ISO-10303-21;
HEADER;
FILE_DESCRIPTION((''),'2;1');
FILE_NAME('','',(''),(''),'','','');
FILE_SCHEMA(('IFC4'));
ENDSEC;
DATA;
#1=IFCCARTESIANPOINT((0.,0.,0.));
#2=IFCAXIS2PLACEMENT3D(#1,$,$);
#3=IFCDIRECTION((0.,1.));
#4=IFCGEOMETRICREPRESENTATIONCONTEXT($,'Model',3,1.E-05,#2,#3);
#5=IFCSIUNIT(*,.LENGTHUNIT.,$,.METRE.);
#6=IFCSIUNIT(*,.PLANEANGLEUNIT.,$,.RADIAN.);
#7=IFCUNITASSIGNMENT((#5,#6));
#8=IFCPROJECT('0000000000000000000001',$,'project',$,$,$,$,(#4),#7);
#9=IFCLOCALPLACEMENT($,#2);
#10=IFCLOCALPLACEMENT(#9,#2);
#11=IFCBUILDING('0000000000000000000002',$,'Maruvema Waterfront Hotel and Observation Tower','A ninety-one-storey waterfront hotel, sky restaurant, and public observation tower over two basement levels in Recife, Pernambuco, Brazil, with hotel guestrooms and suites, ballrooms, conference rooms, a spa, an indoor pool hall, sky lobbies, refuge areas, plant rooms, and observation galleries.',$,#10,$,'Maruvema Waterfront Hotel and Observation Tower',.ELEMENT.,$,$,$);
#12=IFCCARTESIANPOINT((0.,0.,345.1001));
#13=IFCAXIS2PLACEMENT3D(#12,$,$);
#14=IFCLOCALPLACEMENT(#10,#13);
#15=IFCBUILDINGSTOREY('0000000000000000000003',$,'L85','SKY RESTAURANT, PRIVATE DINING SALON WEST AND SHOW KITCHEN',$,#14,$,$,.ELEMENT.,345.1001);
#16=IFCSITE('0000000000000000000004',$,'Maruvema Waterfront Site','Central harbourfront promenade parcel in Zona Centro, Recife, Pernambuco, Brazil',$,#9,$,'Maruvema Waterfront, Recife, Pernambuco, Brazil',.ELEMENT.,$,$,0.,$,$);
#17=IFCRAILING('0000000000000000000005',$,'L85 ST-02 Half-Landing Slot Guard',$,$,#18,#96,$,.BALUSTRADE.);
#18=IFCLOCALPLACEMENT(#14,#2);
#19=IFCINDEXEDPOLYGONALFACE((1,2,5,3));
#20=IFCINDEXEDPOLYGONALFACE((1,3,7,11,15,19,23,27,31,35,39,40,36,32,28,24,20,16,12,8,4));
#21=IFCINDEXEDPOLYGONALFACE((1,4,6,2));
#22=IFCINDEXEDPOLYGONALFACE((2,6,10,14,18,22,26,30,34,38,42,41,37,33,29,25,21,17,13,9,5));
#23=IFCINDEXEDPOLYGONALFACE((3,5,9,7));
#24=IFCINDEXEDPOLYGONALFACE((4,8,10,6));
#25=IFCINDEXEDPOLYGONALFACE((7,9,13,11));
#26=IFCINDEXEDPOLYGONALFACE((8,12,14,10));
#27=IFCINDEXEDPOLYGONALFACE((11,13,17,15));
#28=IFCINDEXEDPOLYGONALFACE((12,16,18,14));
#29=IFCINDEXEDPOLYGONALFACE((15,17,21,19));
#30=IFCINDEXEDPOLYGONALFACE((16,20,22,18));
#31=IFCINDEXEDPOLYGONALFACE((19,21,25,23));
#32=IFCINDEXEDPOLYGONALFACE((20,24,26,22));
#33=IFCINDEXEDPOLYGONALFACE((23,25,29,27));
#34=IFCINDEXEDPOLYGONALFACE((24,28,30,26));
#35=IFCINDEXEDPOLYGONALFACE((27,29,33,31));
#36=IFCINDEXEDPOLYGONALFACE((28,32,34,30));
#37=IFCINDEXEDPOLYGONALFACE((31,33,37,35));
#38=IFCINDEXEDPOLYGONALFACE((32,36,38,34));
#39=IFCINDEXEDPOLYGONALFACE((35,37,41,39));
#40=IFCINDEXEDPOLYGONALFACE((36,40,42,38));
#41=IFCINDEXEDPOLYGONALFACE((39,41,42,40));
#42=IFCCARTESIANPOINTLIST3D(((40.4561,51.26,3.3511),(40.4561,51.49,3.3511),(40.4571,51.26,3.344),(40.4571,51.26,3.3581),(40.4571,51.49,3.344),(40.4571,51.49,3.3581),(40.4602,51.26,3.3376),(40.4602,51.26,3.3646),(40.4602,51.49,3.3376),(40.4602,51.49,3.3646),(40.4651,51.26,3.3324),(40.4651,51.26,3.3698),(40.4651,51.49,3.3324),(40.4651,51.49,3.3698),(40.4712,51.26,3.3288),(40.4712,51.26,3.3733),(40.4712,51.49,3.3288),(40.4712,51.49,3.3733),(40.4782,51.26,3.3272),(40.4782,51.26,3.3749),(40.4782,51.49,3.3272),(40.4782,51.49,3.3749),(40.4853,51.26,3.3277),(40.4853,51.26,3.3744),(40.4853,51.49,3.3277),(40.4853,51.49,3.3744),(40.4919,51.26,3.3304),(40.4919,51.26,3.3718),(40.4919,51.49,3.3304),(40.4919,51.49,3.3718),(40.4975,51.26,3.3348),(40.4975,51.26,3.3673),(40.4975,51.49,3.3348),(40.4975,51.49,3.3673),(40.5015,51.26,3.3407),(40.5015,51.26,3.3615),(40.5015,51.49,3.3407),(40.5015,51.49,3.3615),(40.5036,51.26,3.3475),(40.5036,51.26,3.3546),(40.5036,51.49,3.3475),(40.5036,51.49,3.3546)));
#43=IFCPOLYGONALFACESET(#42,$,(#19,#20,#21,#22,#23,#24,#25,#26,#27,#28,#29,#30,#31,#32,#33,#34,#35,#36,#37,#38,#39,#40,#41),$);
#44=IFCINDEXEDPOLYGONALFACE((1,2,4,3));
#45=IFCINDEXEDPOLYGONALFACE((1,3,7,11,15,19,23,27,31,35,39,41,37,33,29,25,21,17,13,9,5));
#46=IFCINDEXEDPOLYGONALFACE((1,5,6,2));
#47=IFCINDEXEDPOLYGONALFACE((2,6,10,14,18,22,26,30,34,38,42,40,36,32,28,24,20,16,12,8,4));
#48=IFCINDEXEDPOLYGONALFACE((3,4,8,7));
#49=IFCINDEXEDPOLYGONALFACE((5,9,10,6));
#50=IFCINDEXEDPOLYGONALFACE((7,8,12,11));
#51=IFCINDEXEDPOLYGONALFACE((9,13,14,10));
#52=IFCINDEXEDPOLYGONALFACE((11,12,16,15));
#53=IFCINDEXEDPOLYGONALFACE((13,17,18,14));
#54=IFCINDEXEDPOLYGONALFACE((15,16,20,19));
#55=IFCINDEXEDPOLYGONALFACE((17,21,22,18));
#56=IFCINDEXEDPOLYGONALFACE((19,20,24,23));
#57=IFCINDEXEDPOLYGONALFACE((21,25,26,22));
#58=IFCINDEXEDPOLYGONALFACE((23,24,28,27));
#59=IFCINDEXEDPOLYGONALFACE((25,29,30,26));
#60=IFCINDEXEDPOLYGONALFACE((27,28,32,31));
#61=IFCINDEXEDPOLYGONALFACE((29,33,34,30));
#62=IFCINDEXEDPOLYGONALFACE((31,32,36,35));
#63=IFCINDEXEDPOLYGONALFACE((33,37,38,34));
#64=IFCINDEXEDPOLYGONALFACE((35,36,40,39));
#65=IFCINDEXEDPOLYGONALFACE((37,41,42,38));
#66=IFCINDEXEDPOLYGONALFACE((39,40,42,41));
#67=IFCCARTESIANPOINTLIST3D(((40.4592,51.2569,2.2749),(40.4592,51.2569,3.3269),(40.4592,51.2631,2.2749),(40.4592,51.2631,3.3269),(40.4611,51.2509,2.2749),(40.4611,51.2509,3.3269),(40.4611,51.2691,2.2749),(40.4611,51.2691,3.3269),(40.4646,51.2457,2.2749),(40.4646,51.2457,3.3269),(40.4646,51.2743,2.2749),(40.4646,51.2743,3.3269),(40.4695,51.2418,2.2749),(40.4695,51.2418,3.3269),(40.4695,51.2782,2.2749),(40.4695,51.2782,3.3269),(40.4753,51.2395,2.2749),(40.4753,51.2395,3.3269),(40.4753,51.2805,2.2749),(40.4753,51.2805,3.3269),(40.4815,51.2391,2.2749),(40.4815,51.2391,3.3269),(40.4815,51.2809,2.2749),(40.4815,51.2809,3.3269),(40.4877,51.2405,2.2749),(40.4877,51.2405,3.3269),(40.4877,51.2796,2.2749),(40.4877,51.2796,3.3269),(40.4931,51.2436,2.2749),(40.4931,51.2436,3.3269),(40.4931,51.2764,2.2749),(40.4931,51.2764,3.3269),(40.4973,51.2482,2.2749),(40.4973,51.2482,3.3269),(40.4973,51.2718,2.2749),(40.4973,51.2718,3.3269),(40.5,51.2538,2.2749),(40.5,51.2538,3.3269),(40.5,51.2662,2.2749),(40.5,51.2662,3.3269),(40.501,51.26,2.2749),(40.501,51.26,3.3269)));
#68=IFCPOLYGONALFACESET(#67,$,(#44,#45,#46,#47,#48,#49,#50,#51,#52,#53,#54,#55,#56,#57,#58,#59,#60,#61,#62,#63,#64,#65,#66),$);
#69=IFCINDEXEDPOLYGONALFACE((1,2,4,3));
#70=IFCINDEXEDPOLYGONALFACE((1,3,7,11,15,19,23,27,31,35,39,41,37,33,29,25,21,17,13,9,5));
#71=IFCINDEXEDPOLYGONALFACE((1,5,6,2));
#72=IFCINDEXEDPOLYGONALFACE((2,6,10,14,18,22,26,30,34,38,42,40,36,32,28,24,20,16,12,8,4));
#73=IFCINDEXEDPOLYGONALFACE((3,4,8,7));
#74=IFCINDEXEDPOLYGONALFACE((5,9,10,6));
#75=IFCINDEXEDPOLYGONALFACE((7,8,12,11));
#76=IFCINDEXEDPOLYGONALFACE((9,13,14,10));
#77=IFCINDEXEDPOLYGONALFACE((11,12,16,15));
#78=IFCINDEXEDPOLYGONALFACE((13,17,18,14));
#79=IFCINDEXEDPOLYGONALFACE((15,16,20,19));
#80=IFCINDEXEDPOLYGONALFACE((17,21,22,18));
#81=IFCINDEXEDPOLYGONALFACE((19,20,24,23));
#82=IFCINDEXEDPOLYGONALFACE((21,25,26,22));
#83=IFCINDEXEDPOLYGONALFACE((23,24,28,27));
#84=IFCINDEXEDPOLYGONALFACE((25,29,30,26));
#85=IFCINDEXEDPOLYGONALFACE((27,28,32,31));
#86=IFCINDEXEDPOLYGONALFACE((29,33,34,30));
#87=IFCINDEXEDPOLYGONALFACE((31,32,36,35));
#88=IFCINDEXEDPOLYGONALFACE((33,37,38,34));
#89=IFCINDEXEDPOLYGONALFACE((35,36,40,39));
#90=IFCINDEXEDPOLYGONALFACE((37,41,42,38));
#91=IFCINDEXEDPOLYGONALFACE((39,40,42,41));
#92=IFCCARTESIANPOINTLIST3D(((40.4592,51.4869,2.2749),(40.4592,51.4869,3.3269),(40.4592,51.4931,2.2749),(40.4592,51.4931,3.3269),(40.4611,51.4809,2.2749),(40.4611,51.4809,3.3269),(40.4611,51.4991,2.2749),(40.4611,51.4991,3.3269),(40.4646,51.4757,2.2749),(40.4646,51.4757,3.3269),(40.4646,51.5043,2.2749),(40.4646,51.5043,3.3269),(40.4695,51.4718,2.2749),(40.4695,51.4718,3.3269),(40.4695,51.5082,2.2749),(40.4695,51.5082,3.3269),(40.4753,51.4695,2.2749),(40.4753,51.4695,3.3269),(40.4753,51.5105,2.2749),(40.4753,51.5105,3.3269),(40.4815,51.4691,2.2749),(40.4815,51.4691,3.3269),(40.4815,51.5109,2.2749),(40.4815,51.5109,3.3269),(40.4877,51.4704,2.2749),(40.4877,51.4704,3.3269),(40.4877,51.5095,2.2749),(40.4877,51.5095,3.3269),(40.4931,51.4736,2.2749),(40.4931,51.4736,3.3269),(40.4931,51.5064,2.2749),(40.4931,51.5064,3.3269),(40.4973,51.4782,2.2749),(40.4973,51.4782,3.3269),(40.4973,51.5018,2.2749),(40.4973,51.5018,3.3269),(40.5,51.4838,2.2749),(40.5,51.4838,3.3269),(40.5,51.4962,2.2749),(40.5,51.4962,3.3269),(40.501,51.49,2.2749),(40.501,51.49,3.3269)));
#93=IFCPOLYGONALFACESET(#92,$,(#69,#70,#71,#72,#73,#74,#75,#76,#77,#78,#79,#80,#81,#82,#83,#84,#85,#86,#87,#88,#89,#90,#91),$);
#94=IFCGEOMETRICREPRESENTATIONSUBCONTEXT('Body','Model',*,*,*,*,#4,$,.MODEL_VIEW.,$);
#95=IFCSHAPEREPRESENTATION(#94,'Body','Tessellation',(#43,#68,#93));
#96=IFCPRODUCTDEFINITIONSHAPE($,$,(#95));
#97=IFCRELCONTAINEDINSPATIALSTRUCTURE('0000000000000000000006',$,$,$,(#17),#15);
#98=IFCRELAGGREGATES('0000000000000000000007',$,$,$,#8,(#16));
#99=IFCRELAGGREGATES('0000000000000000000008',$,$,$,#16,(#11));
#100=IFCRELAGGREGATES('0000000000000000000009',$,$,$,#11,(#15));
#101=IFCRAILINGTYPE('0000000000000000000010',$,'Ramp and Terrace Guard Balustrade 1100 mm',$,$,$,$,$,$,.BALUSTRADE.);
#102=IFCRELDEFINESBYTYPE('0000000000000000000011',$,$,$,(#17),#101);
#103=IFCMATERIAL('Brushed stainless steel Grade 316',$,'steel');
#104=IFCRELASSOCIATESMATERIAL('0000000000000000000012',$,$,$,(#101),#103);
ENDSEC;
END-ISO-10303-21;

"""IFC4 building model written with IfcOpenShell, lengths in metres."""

from ifc_helpers import new_model, si_unit, direction, frame, origin, origin_2d, place, context, subcontext, project, spatial, circle, extrude, material, type_object, element, save


model = new_model("IFC4")

# Units and contexts
model_context = context("Model", 3, precision=1e-05, world=origin(), true_north=direction((0.0, 1.0)))
body_context = subcontext(model_context, "Body", "Model", "MODEL_VIEW")
ifc_project = project(units=[si_unit("LENGTHUNIT", "METRE"), si_unit("PLANEANGLEUNIT", "RADIAN")], contexts=[model_context])

# Site, building, storey
site_placement = place(None, origin())
site = spatial("IfcSite", under=ifc_project, at=site_placement, Name="Maruvema Waterfront Site", Description="Central harbourfront promenade parcel in Zona Centro, Recife, Pernambuco, Brazil", LongName="Maruvema Waterfront, Recife, Pernambuco, Brazil", CompositionType="ELEMENT", RefElevation=0.0)
building_placement = place(site_placement, origin())
building = spatial("IfcBuilding", under=site, at=building_placement, Name="Maruvema Waterfront Hotel and Observation Tower", Description="A ninety-one-storey waterfront hotel, sky restaurant, and public observation tower over two basement levels in Recife, Pernambuco, Brazil, with hotel guestrooms and suites, ballrooms, conference rooms, a spa, an indoor pool hall, sky lobbies, refuge areas, plant rooms, and observation galleries.", LongName="Maruvema Waterfront Hotel and Observation Tower", CompositionType="ELEMENT")
storey_placement = place(building_placement, frame((0.0, 0.0, 345.1001)))
storey = spatial("IfcBuildingStorey", under=building, at=storey_placement, Name="L85", Description="SKY RESTAURANT, PRIVATE DINING SALON WEST AND SHOW KITCHEN", CompositionType="ELEMENT", Elevation=345.1001)

# Railing
ifc_material_1 = material(Name="Brushed stainless steel Grade 316", Category="steel")
railing_type_1 = type_object("IfcRailingType", Name="Ramp and Terrace Guard Balustrade 1100 mm", PredefinedType="BALUSTRADE", material=ifc_material_1)
railing_1_placement = place(storey_placement, frame((40.48, 51.26, 2.2749)))
element("IfcRailing", 1, at=railing_1_placement, inside=storey, type_object=railing_type_1, Name="L85 ST-02 Half-Landing Slot Guard", PredefinedType="BALUSTRADE", context=body_context, shape_type="SweptSolid", body=[
    extrude(circle(Radius=0.0239, at=origin_2d()), frame((0.0, 0.0, 1.0762), z_axis=(0.0, 1.0, 0.0), x_axis=(-1.0, 0.0, 0.0)), (0.0, 0.0, 1.0), 0.23),
    extrude(circle(Radius=0.021, at=origin_2d()), origin(), (0.0, 0.0, 1.0), 1.052),
    extrude(circle(Radius=0.021, at=origin_2d()), frame((0.0, 0.23, 0.0)), (0.0, 0.0, 1.0), 1.052),
])

save(model, "model.ifc")
